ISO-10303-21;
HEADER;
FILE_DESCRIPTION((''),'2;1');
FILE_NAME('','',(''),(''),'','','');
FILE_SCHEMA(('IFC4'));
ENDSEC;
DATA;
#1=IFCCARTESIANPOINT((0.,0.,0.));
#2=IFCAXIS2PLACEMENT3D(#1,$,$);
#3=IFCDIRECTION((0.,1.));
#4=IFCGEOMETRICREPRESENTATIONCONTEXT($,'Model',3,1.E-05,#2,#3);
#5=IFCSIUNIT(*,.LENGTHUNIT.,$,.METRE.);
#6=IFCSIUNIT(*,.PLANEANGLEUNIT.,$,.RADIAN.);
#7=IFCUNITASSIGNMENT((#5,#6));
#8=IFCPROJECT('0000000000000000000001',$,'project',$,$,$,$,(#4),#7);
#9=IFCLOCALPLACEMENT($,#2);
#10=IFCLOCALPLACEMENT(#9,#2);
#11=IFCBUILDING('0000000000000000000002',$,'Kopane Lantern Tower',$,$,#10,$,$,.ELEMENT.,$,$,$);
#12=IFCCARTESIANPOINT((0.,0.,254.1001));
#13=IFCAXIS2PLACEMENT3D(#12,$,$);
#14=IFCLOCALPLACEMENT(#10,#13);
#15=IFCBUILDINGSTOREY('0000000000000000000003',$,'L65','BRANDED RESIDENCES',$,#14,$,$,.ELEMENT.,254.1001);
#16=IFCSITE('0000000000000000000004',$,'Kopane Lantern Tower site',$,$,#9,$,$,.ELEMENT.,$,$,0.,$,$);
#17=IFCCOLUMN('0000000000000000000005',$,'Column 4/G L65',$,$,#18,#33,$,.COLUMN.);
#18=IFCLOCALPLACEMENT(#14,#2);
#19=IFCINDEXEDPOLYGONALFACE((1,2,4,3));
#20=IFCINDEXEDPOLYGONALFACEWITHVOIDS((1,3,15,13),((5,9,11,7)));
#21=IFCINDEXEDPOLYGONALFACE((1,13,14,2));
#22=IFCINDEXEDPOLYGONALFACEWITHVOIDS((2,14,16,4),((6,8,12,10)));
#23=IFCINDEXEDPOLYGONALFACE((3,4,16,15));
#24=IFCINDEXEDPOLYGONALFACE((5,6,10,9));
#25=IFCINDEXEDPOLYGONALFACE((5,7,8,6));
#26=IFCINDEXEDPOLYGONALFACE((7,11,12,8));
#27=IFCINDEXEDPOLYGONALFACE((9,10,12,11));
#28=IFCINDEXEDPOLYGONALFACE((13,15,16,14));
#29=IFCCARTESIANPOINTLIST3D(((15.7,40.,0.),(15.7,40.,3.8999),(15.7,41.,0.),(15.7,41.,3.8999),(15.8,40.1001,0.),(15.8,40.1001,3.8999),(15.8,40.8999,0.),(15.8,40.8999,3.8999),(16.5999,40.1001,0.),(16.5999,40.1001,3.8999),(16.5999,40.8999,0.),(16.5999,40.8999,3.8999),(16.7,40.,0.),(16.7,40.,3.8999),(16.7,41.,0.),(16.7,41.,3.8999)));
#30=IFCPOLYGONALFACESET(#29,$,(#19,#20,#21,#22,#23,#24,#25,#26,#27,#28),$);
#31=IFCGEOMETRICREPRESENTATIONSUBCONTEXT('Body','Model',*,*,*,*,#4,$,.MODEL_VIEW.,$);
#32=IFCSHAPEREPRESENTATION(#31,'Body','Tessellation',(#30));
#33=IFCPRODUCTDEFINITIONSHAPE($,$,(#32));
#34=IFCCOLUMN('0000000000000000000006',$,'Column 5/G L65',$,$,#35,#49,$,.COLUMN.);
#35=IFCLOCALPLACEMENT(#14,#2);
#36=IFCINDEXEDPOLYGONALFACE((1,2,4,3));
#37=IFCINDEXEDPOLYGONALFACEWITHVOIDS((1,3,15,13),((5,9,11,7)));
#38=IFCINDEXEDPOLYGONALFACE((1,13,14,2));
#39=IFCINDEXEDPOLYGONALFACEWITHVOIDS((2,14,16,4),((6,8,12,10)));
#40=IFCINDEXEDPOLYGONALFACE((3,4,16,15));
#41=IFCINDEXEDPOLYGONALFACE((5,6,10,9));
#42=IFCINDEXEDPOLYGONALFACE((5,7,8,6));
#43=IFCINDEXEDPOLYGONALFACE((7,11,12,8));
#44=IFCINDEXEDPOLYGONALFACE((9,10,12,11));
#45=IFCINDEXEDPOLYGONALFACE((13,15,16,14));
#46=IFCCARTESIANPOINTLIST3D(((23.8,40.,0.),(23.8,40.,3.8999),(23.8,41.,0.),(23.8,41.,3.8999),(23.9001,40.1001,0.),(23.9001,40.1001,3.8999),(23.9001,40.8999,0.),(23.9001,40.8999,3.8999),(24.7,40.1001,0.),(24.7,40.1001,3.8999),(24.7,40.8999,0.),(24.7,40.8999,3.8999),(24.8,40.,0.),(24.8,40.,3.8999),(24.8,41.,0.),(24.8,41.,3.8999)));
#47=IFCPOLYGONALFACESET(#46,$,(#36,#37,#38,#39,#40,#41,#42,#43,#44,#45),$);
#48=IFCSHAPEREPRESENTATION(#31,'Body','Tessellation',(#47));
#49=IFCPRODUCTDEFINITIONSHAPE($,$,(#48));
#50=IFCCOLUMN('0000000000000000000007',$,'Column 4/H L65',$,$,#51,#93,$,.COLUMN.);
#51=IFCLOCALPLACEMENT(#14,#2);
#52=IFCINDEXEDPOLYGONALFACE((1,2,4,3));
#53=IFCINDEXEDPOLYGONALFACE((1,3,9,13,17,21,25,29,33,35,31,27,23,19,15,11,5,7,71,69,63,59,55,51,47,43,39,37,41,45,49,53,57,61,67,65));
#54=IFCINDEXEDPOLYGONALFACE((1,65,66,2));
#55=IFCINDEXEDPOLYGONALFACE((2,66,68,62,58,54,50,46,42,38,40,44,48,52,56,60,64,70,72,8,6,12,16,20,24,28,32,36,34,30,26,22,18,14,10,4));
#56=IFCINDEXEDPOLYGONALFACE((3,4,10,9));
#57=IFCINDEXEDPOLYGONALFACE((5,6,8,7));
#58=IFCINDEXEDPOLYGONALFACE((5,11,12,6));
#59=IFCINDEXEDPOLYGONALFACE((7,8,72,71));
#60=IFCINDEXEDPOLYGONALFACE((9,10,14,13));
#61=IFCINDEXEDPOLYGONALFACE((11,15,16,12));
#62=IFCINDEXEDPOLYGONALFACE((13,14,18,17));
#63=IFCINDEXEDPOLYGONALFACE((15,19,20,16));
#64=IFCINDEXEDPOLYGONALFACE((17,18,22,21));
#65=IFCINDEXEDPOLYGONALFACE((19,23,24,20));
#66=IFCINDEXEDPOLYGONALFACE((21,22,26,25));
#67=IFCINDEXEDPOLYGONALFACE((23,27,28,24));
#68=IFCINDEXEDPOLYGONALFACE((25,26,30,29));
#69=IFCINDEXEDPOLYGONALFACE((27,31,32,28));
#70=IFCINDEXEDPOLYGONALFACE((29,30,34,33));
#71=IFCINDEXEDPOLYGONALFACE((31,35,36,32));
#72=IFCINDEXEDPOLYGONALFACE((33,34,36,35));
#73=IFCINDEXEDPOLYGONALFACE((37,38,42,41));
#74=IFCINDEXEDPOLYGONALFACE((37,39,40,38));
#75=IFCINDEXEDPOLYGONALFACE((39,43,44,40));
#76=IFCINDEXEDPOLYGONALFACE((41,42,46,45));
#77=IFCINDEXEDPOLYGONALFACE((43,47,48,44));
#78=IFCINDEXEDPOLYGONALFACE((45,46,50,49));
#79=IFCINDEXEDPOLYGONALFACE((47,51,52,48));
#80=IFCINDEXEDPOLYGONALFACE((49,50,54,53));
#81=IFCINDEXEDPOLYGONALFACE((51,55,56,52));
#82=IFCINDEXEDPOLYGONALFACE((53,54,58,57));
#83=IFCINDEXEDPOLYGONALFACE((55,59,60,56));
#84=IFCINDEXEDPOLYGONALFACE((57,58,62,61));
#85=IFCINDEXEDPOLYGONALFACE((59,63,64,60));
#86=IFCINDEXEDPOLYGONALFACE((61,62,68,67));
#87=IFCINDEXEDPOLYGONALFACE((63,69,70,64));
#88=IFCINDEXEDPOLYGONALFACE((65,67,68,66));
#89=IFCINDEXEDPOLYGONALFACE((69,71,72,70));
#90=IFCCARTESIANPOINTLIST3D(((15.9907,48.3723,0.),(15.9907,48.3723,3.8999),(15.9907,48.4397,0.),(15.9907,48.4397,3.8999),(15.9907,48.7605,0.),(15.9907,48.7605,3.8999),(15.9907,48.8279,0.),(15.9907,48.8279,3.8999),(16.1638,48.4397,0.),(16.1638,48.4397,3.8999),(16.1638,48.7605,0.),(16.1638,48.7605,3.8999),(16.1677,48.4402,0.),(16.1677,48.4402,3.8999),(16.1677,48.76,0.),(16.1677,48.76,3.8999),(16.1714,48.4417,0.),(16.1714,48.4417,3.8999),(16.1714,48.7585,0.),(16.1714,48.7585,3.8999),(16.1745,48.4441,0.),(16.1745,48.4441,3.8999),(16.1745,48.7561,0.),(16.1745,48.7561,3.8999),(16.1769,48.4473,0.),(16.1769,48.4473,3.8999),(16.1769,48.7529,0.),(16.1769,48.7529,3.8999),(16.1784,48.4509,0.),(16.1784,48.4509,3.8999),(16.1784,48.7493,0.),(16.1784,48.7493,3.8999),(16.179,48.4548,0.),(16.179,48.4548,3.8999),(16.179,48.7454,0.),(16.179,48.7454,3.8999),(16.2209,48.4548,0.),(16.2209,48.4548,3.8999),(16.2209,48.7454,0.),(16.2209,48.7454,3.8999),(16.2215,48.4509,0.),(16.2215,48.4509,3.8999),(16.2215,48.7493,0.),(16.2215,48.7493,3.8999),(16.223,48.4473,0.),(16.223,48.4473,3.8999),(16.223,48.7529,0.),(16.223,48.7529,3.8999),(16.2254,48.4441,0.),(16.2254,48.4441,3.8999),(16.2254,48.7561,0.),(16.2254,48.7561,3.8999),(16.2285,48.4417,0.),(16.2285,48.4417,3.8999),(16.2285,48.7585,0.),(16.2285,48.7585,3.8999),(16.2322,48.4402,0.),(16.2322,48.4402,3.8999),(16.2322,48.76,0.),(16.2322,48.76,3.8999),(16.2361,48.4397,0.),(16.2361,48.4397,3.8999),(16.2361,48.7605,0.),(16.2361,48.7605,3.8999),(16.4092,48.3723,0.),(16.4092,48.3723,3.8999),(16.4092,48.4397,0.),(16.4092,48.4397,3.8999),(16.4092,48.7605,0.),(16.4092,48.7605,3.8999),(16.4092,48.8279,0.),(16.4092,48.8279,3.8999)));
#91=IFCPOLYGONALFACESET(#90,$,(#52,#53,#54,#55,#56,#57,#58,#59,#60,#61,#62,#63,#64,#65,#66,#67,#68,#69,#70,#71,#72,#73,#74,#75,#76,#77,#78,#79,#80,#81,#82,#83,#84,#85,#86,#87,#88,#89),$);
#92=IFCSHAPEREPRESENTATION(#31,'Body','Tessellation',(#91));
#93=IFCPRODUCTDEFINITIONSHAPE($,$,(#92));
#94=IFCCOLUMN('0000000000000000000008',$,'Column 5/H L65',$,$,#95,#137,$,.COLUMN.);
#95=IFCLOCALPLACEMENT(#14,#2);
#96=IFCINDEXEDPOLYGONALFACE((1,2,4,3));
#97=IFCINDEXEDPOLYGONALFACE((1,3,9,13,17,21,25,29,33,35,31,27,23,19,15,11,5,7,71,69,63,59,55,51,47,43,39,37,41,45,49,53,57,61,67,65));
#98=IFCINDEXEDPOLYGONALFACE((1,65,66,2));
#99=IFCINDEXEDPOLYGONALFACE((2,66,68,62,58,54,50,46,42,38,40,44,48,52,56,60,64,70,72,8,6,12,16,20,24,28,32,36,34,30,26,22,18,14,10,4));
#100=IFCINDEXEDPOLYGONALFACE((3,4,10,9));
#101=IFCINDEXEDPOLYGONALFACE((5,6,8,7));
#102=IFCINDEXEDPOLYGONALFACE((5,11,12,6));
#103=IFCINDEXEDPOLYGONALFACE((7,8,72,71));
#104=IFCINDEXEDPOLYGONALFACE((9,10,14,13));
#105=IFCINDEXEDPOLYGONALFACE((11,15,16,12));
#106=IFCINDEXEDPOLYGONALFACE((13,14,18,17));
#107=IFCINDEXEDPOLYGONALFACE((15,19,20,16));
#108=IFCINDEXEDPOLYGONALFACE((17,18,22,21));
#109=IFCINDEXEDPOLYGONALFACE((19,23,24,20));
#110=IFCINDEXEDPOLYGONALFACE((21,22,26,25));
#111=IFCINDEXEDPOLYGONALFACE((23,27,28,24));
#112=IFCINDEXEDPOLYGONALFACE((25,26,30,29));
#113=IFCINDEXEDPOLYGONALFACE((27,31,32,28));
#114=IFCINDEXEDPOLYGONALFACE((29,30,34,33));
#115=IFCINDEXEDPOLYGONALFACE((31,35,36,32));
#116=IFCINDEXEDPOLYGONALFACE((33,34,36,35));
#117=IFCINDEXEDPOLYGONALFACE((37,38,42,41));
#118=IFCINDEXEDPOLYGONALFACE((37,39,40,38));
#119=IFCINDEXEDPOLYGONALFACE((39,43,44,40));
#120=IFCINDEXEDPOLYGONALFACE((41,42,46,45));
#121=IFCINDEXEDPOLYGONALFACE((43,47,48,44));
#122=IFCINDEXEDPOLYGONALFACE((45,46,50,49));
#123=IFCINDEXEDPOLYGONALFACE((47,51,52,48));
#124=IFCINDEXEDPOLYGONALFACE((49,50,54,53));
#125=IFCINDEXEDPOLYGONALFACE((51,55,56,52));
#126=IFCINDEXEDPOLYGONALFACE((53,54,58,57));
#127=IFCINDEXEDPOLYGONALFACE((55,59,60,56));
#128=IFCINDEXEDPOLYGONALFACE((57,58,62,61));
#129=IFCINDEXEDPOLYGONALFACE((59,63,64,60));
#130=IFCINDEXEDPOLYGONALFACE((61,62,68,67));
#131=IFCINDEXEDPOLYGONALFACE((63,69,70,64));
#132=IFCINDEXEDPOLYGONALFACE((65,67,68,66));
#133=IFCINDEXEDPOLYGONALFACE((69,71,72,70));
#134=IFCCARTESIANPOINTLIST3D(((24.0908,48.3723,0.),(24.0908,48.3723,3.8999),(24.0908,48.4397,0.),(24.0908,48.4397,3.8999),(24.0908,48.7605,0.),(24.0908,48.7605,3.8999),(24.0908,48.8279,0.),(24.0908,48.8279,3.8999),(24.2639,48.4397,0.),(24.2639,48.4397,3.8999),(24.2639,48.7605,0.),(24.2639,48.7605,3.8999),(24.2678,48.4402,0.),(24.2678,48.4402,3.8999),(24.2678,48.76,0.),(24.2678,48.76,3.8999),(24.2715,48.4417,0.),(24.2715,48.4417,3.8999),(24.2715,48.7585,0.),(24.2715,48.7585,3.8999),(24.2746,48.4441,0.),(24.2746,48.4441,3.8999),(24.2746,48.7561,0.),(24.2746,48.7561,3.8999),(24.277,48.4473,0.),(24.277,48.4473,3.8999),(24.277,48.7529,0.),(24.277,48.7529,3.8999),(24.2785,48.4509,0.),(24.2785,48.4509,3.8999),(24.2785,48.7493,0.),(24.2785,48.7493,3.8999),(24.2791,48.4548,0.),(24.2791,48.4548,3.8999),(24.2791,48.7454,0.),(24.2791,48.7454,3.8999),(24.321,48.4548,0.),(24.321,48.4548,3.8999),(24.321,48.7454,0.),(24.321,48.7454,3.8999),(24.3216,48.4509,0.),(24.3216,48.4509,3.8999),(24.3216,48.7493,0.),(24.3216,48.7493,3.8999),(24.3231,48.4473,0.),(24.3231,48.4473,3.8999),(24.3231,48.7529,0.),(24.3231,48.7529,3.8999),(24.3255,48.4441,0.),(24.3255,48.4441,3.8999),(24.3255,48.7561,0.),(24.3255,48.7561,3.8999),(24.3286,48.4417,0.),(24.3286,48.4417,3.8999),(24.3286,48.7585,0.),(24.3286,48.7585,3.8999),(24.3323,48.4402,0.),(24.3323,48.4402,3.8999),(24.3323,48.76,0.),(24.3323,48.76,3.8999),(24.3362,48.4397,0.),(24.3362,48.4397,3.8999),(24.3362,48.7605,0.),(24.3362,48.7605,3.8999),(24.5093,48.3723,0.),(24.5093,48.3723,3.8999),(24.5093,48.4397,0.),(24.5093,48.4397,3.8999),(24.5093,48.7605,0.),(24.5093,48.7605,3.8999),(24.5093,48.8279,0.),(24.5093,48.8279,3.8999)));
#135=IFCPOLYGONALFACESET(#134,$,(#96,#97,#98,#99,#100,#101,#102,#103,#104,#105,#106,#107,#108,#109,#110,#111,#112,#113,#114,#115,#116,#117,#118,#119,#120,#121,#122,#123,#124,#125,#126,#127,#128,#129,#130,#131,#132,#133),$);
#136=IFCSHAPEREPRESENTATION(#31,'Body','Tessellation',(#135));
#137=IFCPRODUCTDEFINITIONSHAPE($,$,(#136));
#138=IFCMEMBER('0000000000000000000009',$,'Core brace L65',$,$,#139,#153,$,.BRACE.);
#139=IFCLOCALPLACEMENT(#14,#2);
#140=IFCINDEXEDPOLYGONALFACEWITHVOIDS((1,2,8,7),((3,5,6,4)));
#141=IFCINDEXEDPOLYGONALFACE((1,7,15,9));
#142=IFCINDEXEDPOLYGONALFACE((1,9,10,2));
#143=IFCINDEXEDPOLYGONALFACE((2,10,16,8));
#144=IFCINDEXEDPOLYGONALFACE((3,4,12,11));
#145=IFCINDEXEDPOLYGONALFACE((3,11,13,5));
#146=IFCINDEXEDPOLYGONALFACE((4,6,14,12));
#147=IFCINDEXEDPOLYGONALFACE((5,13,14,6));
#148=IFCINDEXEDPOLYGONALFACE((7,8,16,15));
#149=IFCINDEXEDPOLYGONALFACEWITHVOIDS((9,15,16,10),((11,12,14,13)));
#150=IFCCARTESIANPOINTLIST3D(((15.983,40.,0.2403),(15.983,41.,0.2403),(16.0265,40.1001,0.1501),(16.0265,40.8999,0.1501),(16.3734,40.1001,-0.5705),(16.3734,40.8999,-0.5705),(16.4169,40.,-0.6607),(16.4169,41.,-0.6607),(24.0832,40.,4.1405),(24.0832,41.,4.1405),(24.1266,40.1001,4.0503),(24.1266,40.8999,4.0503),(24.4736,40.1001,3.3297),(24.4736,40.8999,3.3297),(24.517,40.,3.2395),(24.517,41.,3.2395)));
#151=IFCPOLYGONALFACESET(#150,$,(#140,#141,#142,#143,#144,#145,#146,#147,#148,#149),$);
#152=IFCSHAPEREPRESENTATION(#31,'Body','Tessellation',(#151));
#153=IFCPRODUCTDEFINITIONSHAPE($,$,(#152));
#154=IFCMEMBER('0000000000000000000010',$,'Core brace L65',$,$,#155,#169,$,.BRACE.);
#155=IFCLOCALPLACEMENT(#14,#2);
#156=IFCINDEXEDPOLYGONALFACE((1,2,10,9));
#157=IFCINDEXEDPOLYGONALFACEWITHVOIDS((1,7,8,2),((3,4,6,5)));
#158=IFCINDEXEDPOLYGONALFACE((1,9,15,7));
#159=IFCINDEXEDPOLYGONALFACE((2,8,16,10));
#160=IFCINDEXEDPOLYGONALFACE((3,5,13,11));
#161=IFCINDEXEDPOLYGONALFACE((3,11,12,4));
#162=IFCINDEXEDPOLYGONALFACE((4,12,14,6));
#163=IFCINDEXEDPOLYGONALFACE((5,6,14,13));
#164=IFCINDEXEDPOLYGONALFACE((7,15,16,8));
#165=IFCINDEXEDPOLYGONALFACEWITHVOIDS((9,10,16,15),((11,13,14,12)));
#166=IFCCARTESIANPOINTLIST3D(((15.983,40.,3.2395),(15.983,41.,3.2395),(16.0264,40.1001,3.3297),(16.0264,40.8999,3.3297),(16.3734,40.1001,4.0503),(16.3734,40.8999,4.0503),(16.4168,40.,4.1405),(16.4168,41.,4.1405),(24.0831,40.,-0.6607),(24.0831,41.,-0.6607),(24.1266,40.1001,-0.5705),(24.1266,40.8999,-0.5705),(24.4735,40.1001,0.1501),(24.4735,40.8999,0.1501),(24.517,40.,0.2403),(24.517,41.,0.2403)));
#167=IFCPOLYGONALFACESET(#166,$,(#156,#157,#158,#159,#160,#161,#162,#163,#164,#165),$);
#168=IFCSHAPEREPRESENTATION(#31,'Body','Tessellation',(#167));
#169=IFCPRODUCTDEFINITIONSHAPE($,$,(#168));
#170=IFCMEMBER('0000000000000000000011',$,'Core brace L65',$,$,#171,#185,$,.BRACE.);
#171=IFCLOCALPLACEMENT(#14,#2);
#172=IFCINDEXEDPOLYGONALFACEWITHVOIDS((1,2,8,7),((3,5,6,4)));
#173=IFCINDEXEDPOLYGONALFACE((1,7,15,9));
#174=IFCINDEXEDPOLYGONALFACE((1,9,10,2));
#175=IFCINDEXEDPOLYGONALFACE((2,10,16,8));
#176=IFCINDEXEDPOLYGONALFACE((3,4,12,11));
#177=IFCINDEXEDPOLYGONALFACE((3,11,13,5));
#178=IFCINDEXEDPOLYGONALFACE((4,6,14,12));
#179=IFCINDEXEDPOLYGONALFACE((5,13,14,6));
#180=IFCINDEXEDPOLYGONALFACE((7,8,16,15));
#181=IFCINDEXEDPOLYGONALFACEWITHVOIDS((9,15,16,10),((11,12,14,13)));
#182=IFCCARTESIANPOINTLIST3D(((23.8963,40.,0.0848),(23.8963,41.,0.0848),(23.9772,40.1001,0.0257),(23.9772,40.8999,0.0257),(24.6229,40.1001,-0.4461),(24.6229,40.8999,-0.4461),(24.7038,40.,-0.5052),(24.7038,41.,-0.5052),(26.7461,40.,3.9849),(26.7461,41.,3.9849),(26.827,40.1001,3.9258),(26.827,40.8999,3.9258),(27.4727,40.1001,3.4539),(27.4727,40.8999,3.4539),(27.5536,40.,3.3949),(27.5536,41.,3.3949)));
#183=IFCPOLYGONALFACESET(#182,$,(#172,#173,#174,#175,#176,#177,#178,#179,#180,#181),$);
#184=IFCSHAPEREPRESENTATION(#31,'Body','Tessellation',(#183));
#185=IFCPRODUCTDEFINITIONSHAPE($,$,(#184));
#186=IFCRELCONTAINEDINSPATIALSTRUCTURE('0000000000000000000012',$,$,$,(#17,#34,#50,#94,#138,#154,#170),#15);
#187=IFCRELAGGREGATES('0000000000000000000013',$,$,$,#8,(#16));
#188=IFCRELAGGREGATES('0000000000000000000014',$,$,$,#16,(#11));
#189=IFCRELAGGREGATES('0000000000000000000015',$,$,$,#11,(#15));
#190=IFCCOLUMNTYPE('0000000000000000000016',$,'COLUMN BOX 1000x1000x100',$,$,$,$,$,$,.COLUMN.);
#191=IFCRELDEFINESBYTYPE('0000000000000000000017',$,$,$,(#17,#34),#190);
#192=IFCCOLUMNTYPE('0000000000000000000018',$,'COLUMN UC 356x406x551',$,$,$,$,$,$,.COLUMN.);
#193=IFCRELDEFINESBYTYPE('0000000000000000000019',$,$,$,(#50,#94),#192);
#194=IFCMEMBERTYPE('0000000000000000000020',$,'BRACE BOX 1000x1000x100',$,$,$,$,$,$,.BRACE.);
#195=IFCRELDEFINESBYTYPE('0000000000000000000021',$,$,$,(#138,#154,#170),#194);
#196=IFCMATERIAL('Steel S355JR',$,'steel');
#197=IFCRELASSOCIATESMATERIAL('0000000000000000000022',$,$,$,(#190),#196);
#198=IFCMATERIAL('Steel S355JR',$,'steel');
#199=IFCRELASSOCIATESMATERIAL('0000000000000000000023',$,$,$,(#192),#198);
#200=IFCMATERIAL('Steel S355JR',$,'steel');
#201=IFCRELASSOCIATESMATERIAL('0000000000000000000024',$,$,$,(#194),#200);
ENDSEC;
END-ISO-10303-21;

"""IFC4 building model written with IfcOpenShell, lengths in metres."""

from ifc_helpers import new_model, si_unit, direction, frame, origin, origin_2d, place, context, subcontext, project, spatial, hollow_rectangle, i_section, extrude, material, material_profile, profile_set, type_object, element, save


model = new_model("IFC4")

# Units and contexts
model_context = context("Model", 3, precision=1e-05, world=origin(), true_north=direction((0.0, 1.0)))
body_context = subcontext(model_context, "Body", "Model", "MODEL_VIEW")
ifc_project = project(units=[si_unit("LENGTHUNIT", "METRE"), si_unit("PLANEANGLEUNIT", "RADIAN")], contexts=[model_context])

# Site, building, storey
site_placement = place(None, origin())
site = spatial("IfcSite", under=ifc_project, at=site_placement, Name="Kopane Lantern Tower site", CompositionType="ELEMENT", RefElevation=0.0)
building_placement = place(site_placement, origin())
building = spatial("IfcBuilding", under=site, at=building_placement, Name="Kopane Lantern Tower", CompositionType="ELEMENT")
storey_placement = place(building_placement, frame((0.0, 0.0, 254.1001)))
storey = spatial("IfcBuildingStorey", under=building, at=storey_placement, Name="L65", Description="BRANDED RESIDENCES", CompositionType="ELEMENT", Elevation=254.1001)

# Columns
ifc_material_1 = material(Name="Steel S355JR", Category="steel")
ifc_material_profile_1 = material_profile(ifc_material_1, hollow_rectangle(XDim=1.0, YDim=1.0, WallThickness=0.1001, at=origin_2d()), Name="BOX 1000x1000x100")
ifc_profile_set_1 = profile_set([ifc_material_profile_1], Name="Steel S355JR")
column_type_1 = type_object("IfcColumnType", Name="COLUMN BOX 1000x1000x100", PredefinedType="COLUMN", material=ifc_profile_set_1)
for number, where, z_axis, x_axis, name in (
    (1, (16.2, 40.5, 0.0), (0.0, 0.0, 1.0), (1.0, 0.0, 0.0), "Column 4/G L65"),
    (2, (24.3, 40.5, 0.0), (0.0, 0.0, 1.0), (1.0, 0.0, 0.0), "Column 5/G L65"),
):
    element("IfcColumn", number, at=place(storey_placement, frame(where, z_axis=z_axis, x_axis=x_axis)), inside=storey, type_object=column_type_1, Name=name, PredefinedType="COLUMN", context=body_context, shape_type="SweptSolid", body=[
        extrude(hollow_rectangle(XDim=1.0, YDim=1.0, WallThickness=0.1001, at=origin_2d()), origin(), (0.0, 0.0, 1.0), 3.8999),
    ])
ifc_material_2 = material(Name="Steel S355JR", Category="steel")
ifc_material_profile_2 = material_profile(ifc_material_2, i_section(OverallWidth=0.4185, OverallDepth=0.4556, WebThickness=0.042, FlangeThickness=0.0674, FilletRadius=0.0151, at=origin_2d()), Name="UC 356x406x551")
ifc_profile_set_2 = profile_set([ifc_material_profile_2], Name="Steel S355JR")
column_type_2 = type_object("IfcColumnType", Name="COLUMN UC 356x406x551", PredefinedType="COLUMN", material=ifc_profile_set_2)
for number, where, z_axis, x_axis, name in (
    (3, (16.2, 48.6001, 0.0), (0.0, 0.0, 1.0), (1.0, 0.0, 0.0), "Column 4/H L65"),
    (4, (24.3, 48.6001, 0.0), (0.0, 0.0, 1.0), (1.0, 0.0, 0.0), "Column 5/H L65"),
):
    element("IfcColumn", number, at=place(storey_placement, frame(where, z_axis=z_axis, x_axis=x_axis)), inside=storey, type_object=column_type_2, Name=name, PredefinedType="COLUMN", context=body_context, shape_type="SweptSolid", body=[
        extrude(i_section(OverallWidth=0.4185, OverallDepth=0.4556, WebThickness=0.042, FlangeThickness=0.0674, FilletRadius=0.0151, at=origin_2d()), origin(), (0.0, 0.0, 1.0), 3.8999),
    ])

# Members
ifc_material_3 = material(Name="Steel S355JR", Category="steel")
ifc_material_profile_3 = material_profile(ifc_material_3, hollow_rectangle(XDim=1.0, YDim=1.0, WallThickness=0.1001, at=origin_2d()), Name="BOX 1000x1000x100")
ifc_profile_set_3 = profile_set([ifc_material_profile_3], Name="Steel S355JR")
member_type_1 = type_object("IfcMemberType", Name="BRACE BOX 1000x1000x100", PredefinedType="BRACE", material=ifc_profile_set_3)
for number, where, z_axis, x_axis, name in (
    (5, (16.2, 40.5, -0.2102), (0.900997, 0.0, 0.433825), (0.0, 1.0, 0.0), "Core brace L65"),
    (6, (24.3, 40.5, -0.2102), (-0.900997, 0.0, 0.433825), (0.0, -1.0, 0.0), "Core brace L65"),
):
    element("IfcMember", number, at=place(storey_placement, frame(where, z_axis=z_axis, x_axis=x_axis)), inside=storey, type_object=member_type_1, Name=name, PredefinedType="BRACE", context=body_context, shape_type="SweptSolid", body=[
        extrude(hollow_rectangle(XDim=1.0, YDim=1.0, WallThickness=0.1001, at=origin_2d()), origin(), (0.0, 0.0, 1.0), 8.9902),
    ])
member_1_placement = place(storey_placement, frame((24.3, 40.5, -0.2102), z_axis=(0.589982, 0.0, 0.807416), x_axis=(0.0, 1.0, 0.0)))
element("IfcMember", 7, at=member_1_placement, inside=storey, type_object=member_type_1, Name="Core brace L65", PredefinedType="BRACE", context=body_context, shape_type="SweptSolid", body=[
    extrude(hollow_rectangle(XDim=1.0, YDim=1.0, WallThickness=0.1001, at=origin_2d()), origin(), (0.0, 0.0, 1.0), 4.8303),
])

save(model, "model.ifc")
